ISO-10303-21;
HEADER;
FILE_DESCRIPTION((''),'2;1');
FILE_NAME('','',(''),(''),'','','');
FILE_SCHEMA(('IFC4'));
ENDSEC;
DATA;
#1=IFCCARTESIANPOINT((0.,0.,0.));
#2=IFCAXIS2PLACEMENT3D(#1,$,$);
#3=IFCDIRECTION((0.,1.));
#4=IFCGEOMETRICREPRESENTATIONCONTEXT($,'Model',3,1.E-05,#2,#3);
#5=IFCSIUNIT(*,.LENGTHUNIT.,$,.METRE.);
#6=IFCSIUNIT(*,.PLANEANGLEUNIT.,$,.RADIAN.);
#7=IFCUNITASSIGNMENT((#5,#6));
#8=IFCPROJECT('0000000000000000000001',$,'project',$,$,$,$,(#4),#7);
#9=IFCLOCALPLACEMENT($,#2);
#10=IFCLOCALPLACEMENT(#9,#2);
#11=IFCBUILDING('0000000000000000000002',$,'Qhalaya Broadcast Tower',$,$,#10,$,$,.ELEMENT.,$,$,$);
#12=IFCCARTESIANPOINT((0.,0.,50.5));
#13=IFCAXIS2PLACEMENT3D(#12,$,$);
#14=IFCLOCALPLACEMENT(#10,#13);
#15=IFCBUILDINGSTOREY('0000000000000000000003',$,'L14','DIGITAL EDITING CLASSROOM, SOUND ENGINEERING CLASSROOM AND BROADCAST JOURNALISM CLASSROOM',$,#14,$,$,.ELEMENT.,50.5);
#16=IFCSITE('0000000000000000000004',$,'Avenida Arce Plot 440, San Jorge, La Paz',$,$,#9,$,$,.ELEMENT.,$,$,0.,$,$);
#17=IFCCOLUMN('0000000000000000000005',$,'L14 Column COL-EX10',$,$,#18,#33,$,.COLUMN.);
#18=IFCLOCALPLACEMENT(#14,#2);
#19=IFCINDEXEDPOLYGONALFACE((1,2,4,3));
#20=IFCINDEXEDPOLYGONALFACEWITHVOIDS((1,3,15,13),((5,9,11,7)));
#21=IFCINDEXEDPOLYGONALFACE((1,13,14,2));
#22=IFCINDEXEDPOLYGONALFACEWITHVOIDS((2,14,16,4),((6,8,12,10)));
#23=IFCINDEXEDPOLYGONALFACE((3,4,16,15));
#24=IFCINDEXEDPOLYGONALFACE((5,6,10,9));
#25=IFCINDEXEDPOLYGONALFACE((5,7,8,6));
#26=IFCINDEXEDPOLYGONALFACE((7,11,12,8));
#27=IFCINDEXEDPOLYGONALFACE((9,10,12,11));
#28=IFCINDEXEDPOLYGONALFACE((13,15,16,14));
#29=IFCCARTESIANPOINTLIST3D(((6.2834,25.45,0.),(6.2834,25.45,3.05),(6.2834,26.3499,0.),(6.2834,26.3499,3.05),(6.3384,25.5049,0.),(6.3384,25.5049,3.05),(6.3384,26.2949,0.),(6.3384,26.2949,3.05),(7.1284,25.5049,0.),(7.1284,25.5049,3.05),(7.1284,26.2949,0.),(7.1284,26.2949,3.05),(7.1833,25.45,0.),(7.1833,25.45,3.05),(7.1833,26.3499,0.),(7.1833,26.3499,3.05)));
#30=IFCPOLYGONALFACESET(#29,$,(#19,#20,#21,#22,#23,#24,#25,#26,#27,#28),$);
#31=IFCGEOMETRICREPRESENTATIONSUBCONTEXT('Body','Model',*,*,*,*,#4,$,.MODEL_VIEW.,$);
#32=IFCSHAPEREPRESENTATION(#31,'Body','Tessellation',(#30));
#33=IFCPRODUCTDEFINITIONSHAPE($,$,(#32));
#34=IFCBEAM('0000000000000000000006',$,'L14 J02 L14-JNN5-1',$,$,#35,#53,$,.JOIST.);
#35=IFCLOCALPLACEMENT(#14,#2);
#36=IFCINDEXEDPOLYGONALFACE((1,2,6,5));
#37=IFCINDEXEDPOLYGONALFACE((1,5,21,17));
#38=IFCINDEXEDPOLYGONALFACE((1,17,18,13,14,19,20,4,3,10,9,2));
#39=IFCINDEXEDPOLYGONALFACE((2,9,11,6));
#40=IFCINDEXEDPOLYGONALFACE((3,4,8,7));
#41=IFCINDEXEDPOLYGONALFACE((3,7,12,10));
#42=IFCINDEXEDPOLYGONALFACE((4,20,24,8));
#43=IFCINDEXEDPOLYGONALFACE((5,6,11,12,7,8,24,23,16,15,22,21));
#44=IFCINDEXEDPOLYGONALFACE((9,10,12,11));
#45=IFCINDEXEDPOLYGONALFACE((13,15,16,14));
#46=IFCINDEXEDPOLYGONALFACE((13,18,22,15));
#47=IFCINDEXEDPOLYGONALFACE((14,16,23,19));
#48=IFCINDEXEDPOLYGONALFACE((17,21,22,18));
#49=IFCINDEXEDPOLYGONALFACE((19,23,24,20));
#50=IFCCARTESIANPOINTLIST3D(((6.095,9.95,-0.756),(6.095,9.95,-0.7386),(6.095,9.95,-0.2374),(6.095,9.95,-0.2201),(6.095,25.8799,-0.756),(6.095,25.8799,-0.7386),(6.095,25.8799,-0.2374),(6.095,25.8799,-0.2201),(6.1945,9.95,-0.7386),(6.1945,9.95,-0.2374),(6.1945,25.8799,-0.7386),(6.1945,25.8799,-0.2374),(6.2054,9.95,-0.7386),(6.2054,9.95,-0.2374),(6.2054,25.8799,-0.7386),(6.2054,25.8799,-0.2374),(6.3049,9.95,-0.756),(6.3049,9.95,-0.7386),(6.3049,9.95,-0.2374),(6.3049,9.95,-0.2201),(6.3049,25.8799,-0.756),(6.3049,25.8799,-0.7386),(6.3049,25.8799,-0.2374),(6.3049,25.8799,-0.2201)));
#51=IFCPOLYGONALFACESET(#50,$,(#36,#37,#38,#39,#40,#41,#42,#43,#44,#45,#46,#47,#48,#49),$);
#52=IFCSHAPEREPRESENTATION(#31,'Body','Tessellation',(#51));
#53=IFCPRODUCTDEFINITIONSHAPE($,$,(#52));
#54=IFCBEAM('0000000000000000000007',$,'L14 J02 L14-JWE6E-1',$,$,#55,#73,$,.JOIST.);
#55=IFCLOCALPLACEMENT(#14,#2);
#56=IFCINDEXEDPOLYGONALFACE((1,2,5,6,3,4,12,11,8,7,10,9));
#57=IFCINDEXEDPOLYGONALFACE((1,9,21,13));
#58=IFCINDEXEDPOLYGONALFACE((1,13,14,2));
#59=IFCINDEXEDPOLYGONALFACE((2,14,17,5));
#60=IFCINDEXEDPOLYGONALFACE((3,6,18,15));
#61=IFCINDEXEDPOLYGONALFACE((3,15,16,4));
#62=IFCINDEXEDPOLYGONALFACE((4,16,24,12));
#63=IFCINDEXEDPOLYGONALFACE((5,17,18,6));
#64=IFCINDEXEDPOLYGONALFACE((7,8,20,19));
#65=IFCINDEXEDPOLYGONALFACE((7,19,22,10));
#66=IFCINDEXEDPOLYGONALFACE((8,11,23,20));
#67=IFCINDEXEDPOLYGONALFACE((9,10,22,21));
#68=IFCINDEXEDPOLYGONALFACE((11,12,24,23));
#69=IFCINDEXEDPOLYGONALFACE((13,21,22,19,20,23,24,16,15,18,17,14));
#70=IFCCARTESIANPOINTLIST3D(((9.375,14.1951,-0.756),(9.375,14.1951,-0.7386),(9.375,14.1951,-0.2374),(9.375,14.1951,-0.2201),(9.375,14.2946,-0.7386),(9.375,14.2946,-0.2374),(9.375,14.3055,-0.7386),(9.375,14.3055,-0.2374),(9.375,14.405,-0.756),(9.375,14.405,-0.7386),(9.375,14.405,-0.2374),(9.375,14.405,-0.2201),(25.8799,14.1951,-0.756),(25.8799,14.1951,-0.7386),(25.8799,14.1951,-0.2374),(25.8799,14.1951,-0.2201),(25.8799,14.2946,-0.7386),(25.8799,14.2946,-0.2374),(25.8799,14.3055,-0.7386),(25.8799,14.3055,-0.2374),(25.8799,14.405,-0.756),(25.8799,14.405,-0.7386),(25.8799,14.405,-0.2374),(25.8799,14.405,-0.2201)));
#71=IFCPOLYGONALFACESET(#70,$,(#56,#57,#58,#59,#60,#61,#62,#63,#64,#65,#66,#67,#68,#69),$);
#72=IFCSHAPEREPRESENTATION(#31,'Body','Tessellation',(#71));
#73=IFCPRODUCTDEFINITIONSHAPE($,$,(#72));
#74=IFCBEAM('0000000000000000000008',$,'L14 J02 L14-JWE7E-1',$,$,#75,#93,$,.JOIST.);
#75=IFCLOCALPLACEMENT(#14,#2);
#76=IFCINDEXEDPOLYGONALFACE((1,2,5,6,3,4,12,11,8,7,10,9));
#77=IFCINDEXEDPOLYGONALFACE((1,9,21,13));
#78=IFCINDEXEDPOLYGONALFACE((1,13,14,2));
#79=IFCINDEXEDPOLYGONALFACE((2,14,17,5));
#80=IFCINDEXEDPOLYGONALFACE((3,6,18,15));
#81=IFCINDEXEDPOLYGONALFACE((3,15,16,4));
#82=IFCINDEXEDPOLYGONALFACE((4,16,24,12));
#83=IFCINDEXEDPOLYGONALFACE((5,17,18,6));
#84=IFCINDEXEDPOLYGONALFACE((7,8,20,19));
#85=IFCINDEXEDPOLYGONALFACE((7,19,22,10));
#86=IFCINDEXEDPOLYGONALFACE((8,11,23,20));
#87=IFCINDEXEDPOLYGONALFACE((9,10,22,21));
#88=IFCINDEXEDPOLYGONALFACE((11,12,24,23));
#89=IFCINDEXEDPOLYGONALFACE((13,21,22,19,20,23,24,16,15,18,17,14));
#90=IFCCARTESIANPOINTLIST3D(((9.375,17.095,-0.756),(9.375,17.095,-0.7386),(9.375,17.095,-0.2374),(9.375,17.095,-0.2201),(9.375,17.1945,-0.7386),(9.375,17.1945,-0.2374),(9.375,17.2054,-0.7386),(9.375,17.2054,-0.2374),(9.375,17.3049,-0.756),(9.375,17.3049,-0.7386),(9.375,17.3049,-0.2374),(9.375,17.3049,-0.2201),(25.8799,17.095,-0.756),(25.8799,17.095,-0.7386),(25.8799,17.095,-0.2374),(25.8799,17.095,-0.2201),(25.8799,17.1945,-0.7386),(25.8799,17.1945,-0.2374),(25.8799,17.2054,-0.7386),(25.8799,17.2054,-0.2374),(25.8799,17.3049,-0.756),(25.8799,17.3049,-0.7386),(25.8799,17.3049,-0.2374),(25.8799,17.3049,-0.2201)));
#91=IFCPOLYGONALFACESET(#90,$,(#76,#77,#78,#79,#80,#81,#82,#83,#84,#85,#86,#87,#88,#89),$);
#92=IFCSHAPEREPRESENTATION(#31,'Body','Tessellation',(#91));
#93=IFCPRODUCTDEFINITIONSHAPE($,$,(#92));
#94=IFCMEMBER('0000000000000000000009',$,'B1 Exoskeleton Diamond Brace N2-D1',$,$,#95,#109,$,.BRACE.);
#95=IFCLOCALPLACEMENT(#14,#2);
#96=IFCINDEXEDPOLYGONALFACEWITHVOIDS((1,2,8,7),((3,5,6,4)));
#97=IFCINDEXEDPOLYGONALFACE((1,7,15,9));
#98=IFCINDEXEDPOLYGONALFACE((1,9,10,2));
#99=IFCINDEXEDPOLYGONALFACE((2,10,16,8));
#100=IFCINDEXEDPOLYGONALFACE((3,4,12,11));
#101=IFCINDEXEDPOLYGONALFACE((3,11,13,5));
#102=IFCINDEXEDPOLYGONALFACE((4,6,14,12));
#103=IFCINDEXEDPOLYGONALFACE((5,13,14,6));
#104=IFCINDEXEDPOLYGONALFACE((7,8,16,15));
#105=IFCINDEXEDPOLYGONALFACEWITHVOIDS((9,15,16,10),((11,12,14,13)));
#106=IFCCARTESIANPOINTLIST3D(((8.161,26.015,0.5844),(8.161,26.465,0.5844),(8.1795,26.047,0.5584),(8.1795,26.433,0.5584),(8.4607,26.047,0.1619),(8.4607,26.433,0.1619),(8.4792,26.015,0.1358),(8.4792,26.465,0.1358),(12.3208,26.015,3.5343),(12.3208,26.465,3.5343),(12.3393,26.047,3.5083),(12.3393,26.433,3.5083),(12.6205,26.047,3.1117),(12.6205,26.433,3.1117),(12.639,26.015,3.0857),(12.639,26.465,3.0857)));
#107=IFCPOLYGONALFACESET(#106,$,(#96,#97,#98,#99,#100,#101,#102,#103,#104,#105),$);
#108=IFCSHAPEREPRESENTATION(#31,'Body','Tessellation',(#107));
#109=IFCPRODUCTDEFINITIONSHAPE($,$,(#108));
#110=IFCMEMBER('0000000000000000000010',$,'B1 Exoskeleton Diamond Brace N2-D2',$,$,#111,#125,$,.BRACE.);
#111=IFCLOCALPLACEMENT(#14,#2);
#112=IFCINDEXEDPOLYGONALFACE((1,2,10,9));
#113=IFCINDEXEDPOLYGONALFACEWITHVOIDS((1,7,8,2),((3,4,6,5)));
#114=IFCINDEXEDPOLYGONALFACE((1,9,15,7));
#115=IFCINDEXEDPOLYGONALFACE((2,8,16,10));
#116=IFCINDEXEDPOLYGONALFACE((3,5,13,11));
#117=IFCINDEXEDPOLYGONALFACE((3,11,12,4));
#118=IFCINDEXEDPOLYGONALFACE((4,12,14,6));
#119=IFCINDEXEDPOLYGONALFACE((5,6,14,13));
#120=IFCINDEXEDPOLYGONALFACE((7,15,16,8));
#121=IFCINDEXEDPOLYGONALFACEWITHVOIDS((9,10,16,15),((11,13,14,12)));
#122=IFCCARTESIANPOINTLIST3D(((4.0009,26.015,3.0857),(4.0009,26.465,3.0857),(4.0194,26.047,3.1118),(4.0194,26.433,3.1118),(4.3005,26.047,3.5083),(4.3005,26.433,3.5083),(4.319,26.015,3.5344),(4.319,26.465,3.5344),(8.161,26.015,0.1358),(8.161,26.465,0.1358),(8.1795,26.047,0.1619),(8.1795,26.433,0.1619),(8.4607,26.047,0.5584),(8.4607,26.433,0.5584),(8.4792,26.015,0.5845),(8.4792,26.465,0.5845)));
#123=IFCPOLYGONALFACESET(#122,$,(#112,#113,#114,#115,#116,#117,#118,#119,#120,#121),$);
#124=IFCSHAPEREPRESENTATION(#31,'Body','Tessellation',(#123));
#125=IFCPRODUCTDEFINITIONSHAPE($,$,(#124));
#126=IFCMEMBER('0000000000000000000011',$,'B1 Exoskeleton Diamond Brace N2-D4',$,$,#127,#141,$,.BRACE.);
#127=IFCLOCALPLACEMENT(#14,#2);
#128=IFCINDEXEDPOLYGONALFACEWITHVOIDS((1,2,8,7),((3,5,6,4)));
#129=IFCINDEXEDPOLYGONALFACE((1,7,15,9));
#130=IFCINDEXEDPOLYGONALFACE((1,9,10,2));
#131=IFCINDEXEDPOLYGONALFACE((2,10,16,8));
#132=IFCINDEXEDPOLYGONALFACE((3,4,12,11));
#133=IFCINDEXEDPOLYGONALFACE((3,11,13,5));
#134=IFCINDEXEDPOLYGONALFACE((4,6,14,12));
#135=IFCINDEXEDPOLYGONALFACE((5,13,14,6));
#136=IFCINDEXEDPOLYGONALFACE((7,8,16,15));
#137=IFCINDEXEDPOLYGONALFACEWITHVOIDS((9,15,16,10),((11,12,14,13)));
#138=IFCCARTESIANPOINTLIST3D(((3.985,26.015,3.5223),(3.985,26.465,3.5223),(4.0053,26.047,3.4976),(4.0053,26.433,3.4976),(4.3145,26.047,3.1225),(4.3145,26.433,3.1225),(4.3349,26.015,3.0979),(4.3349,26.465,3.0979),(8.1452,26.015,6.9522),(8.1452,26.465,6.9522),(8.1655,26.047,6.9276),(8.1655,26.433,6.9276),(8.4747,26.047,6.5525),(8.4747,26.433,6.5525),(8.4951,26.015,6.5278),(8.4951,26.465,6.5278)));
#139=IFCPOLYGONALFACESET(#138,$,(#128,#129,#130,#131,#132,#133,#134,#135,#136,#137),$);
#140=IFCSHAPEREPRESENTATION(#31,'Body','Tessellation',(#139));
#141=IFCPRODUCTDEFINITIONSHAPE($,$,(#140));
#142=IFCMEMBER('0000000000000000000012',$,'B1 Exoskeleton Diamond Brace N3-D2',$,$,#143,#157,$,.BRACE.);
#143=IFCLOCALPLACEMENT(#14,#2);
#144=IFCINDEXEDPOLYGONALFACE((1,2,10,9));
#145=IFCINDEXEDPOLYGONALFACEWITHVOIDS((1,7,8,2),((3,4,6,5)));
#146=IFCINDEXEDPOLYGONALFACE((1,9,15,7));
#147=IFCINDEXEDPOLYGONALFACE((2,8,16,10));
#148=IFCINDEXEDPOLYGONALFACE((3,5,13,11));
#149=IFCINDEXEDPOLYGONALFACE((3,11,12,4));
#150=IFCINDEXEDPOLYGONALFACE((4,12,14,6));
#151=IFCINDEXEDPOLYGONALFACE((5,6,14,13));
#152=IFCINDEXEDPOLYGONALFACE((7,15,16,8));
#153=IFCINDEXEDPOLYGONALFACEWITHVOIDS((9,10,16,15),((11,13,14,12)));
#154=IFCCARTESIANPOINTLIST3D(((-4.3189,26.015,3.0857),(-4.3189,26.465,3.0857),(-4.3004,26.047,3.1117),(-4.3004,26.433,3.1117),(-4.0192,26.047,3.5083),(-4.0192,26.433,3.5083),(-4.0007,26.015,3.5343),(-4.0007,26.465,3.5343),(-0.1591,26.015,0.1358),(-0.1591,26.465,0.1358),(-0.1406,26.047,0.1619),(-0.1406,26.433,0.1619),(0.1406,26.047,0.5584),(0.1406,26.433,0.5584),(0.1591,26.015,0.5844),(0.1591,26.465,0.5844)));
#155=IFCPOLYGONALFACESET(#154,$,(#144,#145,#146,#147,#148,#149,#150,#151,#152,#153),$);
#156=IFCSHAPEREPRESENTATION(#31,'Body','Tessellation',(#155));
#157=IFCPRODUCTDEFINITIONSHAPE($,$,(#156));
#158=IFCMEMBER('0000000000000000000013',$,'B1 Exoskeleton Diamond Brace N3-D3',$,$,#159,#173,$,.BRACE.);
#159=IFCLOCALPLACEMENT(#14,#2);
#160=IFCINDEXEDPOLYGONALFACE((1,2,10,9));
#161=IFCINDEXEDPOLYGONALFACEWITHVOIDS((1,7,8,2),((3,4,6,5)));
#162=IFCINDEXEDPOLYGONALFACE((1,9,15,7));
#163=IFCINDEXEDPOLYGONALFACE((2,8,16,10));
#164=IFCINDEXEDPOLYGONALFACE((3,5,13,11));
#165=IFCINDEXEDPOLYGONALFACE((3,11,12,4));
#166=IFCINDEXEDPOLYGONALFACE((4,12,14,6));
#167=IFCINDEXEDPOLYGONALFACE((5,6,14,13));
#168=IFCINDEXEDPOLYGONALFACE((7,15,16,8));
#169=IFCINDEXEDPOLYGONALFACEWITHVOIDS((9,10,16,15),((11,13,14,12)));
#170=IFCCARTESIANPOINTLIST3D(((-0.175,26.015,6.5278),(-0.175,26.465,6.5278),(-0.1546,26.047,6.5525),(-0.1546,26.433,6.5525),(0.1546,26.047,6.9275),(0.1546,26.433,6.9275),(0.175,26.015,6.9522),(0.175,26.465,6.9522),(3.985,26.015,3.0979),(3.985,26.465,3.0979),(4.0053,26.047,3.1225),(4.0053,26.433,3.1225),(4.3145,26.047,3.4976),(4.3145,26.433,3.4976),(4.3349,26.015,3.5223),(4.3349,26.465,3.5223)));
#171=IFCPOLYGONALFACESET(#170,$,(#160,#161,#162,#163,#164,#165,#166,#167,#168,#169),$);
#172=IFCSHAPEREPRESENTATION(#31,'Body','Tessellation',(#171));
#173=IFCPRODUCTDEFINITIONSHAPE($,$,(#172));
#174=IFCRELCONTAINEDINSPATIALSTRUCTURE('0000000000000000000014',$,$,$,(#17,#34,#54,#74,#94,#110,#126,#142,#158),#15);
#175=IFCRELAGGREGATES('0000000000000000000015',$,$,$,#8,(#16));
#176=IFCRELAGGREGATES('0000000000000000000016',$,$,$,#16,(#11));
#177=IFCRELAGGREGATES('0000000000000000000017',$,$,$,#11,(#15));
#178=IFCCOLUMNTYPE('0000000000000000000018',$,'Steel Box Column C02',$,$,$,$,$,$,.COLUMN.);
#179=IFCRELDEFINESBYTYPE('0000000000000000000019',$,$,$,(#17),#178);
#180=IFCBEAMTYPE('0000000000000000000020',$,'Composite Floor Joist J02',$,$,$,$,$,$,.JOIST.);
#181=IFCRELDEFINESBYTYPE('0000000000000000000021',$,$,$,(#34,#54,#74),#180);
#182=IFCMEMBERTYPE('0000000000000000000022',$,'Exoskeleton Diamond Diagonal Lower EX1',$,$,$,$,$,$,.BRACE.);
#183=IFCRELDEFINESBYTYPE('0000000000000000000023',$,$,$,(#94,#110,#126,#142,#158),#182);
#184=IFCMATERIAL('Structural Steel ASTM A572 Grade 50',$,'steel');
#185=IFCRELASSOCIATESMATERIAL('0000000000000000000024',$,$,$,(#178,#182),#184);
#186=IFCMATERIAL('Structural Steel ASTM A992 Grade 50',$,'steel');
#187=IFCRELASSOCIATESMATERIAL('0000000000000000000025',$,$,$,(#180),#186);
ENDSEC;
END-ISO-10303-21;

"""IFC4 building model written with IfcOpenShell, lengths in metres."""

from ifc_helpers import new_model, si_unit, direction, frame, origin, origin_2d, place, context, subcontext, project, spatial, hollow_rectangle, i_section, extrude, material, material_profile, profile_set, type_object, element, save


model = new_model("IFC4")

# Units and contexts
model_context = context("Model", 3, precision=1e-05, world=origin(), true_north=direction((0.0, 1.0)))
body_context = subcontext(model_context, "Body", "Model", "MODEL_VIEW")
ifc_project = project(units=[si_unit("LENGTHUNIT", "METRE"), si_unit("PLANEANGLEUNIT", "RADIAN")], contexts=[model_context])

# Site, building, storey
site_placement = place(None, origin())
site = spatial("IfcSite", under=ifc_project, at=site_placement, Name="Avenida Arce Plot 440, San Jorge, La Paz", CompositionType="ELEMENT", RefElevation=0.0)
building_placement = place(site_placement, origin())
building = spatial("IfcBuilding", under=site, at=building_placement, Name="Qhalaya Broadcast Tower", CompositionType="ELEMENT")
storey_placement = place(building_placement, frame((0.0, 0.0, 50.5)))
storey = spatial("IfcBuildingStorey", under=building, at=storey_placement, Name="L14", Description="DIGITAL EDITING CLASSROOM, SOUND ENGINEERING CLASSROOM AND BROADCAST JOURNALISM CLASSROOM", CompositionType="ELEMENT", Elevation=50.5)

# Column
ifc_material_1 = material(Name="Structural Steel ASTM A572 Grade 50", Category="steel")
ifc_material_profile_1 = material_profile(ifc_material_1, hollow_rectangle(XDim=0.8999, YDim=0.8999, WallThickness=0.0549, at=origin_2d()), Name="BOX 900x900x55")
ifc_profile_set_1 = profile_set([ifc_material_profile_1], Name="Structural Steel ASTM A572 Grade 50")
column_type = type_object("IfcColumnType", Name="Steel Box Column C02", PredefinedType="COLUMN", material=ifc_profile_set_1)
column_placement = place(storey_placement, frame((6.7334, 25.8999, 0.0), z_axis=(0.0, 0.0, 1.0), x_axis=(1.0, 0.0, 0.0)))
element("IfcColumn", 1, at=column_placement, inside=storey, type_object=column_type, Name="L14 Column COL-EX10", PredefinedType="COLUMN", context=body_context, shape_type="SweptSolid", body=[
    extrude(hollow_rectangle(XDim=0.8999, YDim=0.8999, WallThickness=0.0549, at=origin_2d()), origin(), (0.0, 0.0, 1.0), 3.05),
])

# Beams
ifc_material_2 = material(Name="Structural Steel ASTM A992 Grade 50", Category="steel")
ifc_material_profile_2 = material_profile(ifc_material_2, i_section(OverallWidth=0.21, OverallDepth=0.5359, WebThickness=0.011, FlangeThickness=0.0173, at=origin_2d()), Name="W21X68")
ifc_profile_set_2 = profile_set([ifc_material_profile_2], Name="Structural Steel ASTM A992 Grade 50")
beam_type_1 = type_object("IfcBeamType", Name="Composite Floor Joist J02", PredefinedType="JOIST", material=ifc_profile_set_2)
beam_1_placement = place(storey_placement, frame((6.2, 9.95, -0.488), z_axis=(0.0, 1.0, 0.0), x_axis=(-1.0, 0.0, 0.0)))
element("IfcBeam", 2, at=beam_1_placement, inside=storey, type_object=beam_type_1, Name="L14 J02 L14-JNN5-1", PredefinedType="JOIST", context=body_context, shape_type="SweptSolid", body=[
    extrude(i_section(OverallWidth=0.21, OverallDepth=0.5359, WebThickness=0.011, FlangeThickness=0.0173, at=origin_2d()), origin(), (0.0, 0.0, 1.0), 15.9299),
])
for number, where, z_axis, x_axis, name in (
    (3, (9.375, 14.3, -0.488), (1.0, 0.0, 0.0), (0.0, 1.0, 0.0), "L14 J02 L14-JWE6E-1"),
    (4, (9.375, 17.2, -0.488), (1.0, 0.0, 0.0), (0.0, 1.0, 0.0), "L14 J02 L14-JWE7E-1"),
):
    element("IfcBeam", number, at=place(storey_placement, frame(where, z_axis=z_axis, x_axis=x_axis)), inside=storey, type_object=beam_type_1, Name=name, PredefinedType="JOIST", context=body_context, shape_type="SweptSolid", body=[
        extrude(i_section(OverallWidth=0.21, OverallDepth=0.5359, WebThickness=0.011, FlangeThickness=0.0173, at=origin_2d()), origin(), (0.0, 0.0, 1.0), 16.5049),
    ])

# Members
ifc_material_profile_3 = material_profile(ifc_material_1, hollow_rectangle(XDim=0.45, YDim=0.55, WallThickness=0.032, at=origin_2d()), Name="BOX 450x550x32")
ifc_profile_set_3 = profile_set([ifc_material_profile_3], Name="Structural Steel ASTM A572 Grade 50")
member_type = type_object("IfcMemberType", Name="Exoskeleton Diamond Diagonal Lower EX1", PredefinedType="BRACE", material=ifc_profile_set_3)
member_1_placement = place(storey_placement, frame((8.3201, 26.24, 0.3601), z_axis=(0.815715, 0.0, 0.578454), x_axis=(0.0, 1.0, 0.0)))
element("IfcMember", 5, at=member_1_placement, inside=storey, type_object=member_type, Name="B1 Exoskeleton Diamond Brace N2-D1", PredefinedType="BRACE", context=body_context, shape_type="SweptSolid", body=[
    extrude(hollow_rectangle(XDim=0.45, YDim=0.55, WallThickness=0.032, at=origin_2d()), origin(), (0.0, 0.0, 1.0), 5.0996),
])
member_2_placement = place(storey_placement, frame((8.3201, 26.24, 0.3601), z_axis=(-0.815731, 0.0, 0.578432), x_axis=(0.0, -1.0, 0.0)))
element("IfcMember", 6, at=member_2_placement, inside=storey, type_object=member_type, Name="B1 Exoskeleton Diamond Brace N2-D2", PredefinedType="BRACE", context=body_context, shape_type="SweptSolid", body=[
    extrude(hollow_rectangle(XDim=0.45, YDim=0.55, WallThickness=0.032, at=origin_2d()), origin(), (0.0, 0.0, 1.0), 5.0999),
])
member_3_placement = place(storey_placement, frame((4.1599, 26.24, 3.3101), z_axis=(0.771573, 0.0, 0.63614), x_axis=(0.0, 1.0, 0.0)))
element("IfcMember", 7, at=member_3_placement, inside=storey, type_object=member_type, Name="B1 Exoskeleton Diamond Brace N2-D4", PredefinedType="BRACE", context=body_context, shape_type="SweptSolid", body=[
    extrude(hollow_rectangle(XDim=0.45, YDim=0.55, WallThickness=0.032, at=origin_2d()), origin(), (0.0, 0.0, 1.0), 5.3918),
])
member_4_placement = place(storey_placement, frame((0.0, 26.24, 0.3601), z_axis=(-0.815715, 0.0, 0.578454), x_axis=(0.0, -1.0, 0.0)))
element("IfcMember", 8, at=member_4_placement, inside=storey, type_object=member_type, Name="B1 Exoskeleton Diamond Brace N3-D2", PredefinedType="BRACE", context=body_context, shape_type="SweptSolid", body=[
    extrude(hollow_rectangle(XDim=0.45, YDim=0.55, WallThickness=0.032, at=origin_2d()), origin(), (0.0, 0.0, 1.0), 5.0996),
])
member_5_placement = place(storey_placement, frame((4.1599, 26.24, 3.3101), z_axis=(-0.771555, 0.0, 0.636163), x_axis=(0.0, -1.0, 0.0)))
element("IfcMember", 9, at=member_5_placement, inside=storey, type_object=member_type, Name="B1 Exoskeleton Diamond Brace N3-D3", PredefinedType="BRACE", context=body_context, shape_type="SweptSolid", body=[
    extrude(hollow_rectangle(XDim=0.45, YDim=0.55, WallThickness=0.032, at=origin_2d()), origin(), (0.0, 0.0, 1.0), 5.3916),
])

save(model, "model.ifc")
